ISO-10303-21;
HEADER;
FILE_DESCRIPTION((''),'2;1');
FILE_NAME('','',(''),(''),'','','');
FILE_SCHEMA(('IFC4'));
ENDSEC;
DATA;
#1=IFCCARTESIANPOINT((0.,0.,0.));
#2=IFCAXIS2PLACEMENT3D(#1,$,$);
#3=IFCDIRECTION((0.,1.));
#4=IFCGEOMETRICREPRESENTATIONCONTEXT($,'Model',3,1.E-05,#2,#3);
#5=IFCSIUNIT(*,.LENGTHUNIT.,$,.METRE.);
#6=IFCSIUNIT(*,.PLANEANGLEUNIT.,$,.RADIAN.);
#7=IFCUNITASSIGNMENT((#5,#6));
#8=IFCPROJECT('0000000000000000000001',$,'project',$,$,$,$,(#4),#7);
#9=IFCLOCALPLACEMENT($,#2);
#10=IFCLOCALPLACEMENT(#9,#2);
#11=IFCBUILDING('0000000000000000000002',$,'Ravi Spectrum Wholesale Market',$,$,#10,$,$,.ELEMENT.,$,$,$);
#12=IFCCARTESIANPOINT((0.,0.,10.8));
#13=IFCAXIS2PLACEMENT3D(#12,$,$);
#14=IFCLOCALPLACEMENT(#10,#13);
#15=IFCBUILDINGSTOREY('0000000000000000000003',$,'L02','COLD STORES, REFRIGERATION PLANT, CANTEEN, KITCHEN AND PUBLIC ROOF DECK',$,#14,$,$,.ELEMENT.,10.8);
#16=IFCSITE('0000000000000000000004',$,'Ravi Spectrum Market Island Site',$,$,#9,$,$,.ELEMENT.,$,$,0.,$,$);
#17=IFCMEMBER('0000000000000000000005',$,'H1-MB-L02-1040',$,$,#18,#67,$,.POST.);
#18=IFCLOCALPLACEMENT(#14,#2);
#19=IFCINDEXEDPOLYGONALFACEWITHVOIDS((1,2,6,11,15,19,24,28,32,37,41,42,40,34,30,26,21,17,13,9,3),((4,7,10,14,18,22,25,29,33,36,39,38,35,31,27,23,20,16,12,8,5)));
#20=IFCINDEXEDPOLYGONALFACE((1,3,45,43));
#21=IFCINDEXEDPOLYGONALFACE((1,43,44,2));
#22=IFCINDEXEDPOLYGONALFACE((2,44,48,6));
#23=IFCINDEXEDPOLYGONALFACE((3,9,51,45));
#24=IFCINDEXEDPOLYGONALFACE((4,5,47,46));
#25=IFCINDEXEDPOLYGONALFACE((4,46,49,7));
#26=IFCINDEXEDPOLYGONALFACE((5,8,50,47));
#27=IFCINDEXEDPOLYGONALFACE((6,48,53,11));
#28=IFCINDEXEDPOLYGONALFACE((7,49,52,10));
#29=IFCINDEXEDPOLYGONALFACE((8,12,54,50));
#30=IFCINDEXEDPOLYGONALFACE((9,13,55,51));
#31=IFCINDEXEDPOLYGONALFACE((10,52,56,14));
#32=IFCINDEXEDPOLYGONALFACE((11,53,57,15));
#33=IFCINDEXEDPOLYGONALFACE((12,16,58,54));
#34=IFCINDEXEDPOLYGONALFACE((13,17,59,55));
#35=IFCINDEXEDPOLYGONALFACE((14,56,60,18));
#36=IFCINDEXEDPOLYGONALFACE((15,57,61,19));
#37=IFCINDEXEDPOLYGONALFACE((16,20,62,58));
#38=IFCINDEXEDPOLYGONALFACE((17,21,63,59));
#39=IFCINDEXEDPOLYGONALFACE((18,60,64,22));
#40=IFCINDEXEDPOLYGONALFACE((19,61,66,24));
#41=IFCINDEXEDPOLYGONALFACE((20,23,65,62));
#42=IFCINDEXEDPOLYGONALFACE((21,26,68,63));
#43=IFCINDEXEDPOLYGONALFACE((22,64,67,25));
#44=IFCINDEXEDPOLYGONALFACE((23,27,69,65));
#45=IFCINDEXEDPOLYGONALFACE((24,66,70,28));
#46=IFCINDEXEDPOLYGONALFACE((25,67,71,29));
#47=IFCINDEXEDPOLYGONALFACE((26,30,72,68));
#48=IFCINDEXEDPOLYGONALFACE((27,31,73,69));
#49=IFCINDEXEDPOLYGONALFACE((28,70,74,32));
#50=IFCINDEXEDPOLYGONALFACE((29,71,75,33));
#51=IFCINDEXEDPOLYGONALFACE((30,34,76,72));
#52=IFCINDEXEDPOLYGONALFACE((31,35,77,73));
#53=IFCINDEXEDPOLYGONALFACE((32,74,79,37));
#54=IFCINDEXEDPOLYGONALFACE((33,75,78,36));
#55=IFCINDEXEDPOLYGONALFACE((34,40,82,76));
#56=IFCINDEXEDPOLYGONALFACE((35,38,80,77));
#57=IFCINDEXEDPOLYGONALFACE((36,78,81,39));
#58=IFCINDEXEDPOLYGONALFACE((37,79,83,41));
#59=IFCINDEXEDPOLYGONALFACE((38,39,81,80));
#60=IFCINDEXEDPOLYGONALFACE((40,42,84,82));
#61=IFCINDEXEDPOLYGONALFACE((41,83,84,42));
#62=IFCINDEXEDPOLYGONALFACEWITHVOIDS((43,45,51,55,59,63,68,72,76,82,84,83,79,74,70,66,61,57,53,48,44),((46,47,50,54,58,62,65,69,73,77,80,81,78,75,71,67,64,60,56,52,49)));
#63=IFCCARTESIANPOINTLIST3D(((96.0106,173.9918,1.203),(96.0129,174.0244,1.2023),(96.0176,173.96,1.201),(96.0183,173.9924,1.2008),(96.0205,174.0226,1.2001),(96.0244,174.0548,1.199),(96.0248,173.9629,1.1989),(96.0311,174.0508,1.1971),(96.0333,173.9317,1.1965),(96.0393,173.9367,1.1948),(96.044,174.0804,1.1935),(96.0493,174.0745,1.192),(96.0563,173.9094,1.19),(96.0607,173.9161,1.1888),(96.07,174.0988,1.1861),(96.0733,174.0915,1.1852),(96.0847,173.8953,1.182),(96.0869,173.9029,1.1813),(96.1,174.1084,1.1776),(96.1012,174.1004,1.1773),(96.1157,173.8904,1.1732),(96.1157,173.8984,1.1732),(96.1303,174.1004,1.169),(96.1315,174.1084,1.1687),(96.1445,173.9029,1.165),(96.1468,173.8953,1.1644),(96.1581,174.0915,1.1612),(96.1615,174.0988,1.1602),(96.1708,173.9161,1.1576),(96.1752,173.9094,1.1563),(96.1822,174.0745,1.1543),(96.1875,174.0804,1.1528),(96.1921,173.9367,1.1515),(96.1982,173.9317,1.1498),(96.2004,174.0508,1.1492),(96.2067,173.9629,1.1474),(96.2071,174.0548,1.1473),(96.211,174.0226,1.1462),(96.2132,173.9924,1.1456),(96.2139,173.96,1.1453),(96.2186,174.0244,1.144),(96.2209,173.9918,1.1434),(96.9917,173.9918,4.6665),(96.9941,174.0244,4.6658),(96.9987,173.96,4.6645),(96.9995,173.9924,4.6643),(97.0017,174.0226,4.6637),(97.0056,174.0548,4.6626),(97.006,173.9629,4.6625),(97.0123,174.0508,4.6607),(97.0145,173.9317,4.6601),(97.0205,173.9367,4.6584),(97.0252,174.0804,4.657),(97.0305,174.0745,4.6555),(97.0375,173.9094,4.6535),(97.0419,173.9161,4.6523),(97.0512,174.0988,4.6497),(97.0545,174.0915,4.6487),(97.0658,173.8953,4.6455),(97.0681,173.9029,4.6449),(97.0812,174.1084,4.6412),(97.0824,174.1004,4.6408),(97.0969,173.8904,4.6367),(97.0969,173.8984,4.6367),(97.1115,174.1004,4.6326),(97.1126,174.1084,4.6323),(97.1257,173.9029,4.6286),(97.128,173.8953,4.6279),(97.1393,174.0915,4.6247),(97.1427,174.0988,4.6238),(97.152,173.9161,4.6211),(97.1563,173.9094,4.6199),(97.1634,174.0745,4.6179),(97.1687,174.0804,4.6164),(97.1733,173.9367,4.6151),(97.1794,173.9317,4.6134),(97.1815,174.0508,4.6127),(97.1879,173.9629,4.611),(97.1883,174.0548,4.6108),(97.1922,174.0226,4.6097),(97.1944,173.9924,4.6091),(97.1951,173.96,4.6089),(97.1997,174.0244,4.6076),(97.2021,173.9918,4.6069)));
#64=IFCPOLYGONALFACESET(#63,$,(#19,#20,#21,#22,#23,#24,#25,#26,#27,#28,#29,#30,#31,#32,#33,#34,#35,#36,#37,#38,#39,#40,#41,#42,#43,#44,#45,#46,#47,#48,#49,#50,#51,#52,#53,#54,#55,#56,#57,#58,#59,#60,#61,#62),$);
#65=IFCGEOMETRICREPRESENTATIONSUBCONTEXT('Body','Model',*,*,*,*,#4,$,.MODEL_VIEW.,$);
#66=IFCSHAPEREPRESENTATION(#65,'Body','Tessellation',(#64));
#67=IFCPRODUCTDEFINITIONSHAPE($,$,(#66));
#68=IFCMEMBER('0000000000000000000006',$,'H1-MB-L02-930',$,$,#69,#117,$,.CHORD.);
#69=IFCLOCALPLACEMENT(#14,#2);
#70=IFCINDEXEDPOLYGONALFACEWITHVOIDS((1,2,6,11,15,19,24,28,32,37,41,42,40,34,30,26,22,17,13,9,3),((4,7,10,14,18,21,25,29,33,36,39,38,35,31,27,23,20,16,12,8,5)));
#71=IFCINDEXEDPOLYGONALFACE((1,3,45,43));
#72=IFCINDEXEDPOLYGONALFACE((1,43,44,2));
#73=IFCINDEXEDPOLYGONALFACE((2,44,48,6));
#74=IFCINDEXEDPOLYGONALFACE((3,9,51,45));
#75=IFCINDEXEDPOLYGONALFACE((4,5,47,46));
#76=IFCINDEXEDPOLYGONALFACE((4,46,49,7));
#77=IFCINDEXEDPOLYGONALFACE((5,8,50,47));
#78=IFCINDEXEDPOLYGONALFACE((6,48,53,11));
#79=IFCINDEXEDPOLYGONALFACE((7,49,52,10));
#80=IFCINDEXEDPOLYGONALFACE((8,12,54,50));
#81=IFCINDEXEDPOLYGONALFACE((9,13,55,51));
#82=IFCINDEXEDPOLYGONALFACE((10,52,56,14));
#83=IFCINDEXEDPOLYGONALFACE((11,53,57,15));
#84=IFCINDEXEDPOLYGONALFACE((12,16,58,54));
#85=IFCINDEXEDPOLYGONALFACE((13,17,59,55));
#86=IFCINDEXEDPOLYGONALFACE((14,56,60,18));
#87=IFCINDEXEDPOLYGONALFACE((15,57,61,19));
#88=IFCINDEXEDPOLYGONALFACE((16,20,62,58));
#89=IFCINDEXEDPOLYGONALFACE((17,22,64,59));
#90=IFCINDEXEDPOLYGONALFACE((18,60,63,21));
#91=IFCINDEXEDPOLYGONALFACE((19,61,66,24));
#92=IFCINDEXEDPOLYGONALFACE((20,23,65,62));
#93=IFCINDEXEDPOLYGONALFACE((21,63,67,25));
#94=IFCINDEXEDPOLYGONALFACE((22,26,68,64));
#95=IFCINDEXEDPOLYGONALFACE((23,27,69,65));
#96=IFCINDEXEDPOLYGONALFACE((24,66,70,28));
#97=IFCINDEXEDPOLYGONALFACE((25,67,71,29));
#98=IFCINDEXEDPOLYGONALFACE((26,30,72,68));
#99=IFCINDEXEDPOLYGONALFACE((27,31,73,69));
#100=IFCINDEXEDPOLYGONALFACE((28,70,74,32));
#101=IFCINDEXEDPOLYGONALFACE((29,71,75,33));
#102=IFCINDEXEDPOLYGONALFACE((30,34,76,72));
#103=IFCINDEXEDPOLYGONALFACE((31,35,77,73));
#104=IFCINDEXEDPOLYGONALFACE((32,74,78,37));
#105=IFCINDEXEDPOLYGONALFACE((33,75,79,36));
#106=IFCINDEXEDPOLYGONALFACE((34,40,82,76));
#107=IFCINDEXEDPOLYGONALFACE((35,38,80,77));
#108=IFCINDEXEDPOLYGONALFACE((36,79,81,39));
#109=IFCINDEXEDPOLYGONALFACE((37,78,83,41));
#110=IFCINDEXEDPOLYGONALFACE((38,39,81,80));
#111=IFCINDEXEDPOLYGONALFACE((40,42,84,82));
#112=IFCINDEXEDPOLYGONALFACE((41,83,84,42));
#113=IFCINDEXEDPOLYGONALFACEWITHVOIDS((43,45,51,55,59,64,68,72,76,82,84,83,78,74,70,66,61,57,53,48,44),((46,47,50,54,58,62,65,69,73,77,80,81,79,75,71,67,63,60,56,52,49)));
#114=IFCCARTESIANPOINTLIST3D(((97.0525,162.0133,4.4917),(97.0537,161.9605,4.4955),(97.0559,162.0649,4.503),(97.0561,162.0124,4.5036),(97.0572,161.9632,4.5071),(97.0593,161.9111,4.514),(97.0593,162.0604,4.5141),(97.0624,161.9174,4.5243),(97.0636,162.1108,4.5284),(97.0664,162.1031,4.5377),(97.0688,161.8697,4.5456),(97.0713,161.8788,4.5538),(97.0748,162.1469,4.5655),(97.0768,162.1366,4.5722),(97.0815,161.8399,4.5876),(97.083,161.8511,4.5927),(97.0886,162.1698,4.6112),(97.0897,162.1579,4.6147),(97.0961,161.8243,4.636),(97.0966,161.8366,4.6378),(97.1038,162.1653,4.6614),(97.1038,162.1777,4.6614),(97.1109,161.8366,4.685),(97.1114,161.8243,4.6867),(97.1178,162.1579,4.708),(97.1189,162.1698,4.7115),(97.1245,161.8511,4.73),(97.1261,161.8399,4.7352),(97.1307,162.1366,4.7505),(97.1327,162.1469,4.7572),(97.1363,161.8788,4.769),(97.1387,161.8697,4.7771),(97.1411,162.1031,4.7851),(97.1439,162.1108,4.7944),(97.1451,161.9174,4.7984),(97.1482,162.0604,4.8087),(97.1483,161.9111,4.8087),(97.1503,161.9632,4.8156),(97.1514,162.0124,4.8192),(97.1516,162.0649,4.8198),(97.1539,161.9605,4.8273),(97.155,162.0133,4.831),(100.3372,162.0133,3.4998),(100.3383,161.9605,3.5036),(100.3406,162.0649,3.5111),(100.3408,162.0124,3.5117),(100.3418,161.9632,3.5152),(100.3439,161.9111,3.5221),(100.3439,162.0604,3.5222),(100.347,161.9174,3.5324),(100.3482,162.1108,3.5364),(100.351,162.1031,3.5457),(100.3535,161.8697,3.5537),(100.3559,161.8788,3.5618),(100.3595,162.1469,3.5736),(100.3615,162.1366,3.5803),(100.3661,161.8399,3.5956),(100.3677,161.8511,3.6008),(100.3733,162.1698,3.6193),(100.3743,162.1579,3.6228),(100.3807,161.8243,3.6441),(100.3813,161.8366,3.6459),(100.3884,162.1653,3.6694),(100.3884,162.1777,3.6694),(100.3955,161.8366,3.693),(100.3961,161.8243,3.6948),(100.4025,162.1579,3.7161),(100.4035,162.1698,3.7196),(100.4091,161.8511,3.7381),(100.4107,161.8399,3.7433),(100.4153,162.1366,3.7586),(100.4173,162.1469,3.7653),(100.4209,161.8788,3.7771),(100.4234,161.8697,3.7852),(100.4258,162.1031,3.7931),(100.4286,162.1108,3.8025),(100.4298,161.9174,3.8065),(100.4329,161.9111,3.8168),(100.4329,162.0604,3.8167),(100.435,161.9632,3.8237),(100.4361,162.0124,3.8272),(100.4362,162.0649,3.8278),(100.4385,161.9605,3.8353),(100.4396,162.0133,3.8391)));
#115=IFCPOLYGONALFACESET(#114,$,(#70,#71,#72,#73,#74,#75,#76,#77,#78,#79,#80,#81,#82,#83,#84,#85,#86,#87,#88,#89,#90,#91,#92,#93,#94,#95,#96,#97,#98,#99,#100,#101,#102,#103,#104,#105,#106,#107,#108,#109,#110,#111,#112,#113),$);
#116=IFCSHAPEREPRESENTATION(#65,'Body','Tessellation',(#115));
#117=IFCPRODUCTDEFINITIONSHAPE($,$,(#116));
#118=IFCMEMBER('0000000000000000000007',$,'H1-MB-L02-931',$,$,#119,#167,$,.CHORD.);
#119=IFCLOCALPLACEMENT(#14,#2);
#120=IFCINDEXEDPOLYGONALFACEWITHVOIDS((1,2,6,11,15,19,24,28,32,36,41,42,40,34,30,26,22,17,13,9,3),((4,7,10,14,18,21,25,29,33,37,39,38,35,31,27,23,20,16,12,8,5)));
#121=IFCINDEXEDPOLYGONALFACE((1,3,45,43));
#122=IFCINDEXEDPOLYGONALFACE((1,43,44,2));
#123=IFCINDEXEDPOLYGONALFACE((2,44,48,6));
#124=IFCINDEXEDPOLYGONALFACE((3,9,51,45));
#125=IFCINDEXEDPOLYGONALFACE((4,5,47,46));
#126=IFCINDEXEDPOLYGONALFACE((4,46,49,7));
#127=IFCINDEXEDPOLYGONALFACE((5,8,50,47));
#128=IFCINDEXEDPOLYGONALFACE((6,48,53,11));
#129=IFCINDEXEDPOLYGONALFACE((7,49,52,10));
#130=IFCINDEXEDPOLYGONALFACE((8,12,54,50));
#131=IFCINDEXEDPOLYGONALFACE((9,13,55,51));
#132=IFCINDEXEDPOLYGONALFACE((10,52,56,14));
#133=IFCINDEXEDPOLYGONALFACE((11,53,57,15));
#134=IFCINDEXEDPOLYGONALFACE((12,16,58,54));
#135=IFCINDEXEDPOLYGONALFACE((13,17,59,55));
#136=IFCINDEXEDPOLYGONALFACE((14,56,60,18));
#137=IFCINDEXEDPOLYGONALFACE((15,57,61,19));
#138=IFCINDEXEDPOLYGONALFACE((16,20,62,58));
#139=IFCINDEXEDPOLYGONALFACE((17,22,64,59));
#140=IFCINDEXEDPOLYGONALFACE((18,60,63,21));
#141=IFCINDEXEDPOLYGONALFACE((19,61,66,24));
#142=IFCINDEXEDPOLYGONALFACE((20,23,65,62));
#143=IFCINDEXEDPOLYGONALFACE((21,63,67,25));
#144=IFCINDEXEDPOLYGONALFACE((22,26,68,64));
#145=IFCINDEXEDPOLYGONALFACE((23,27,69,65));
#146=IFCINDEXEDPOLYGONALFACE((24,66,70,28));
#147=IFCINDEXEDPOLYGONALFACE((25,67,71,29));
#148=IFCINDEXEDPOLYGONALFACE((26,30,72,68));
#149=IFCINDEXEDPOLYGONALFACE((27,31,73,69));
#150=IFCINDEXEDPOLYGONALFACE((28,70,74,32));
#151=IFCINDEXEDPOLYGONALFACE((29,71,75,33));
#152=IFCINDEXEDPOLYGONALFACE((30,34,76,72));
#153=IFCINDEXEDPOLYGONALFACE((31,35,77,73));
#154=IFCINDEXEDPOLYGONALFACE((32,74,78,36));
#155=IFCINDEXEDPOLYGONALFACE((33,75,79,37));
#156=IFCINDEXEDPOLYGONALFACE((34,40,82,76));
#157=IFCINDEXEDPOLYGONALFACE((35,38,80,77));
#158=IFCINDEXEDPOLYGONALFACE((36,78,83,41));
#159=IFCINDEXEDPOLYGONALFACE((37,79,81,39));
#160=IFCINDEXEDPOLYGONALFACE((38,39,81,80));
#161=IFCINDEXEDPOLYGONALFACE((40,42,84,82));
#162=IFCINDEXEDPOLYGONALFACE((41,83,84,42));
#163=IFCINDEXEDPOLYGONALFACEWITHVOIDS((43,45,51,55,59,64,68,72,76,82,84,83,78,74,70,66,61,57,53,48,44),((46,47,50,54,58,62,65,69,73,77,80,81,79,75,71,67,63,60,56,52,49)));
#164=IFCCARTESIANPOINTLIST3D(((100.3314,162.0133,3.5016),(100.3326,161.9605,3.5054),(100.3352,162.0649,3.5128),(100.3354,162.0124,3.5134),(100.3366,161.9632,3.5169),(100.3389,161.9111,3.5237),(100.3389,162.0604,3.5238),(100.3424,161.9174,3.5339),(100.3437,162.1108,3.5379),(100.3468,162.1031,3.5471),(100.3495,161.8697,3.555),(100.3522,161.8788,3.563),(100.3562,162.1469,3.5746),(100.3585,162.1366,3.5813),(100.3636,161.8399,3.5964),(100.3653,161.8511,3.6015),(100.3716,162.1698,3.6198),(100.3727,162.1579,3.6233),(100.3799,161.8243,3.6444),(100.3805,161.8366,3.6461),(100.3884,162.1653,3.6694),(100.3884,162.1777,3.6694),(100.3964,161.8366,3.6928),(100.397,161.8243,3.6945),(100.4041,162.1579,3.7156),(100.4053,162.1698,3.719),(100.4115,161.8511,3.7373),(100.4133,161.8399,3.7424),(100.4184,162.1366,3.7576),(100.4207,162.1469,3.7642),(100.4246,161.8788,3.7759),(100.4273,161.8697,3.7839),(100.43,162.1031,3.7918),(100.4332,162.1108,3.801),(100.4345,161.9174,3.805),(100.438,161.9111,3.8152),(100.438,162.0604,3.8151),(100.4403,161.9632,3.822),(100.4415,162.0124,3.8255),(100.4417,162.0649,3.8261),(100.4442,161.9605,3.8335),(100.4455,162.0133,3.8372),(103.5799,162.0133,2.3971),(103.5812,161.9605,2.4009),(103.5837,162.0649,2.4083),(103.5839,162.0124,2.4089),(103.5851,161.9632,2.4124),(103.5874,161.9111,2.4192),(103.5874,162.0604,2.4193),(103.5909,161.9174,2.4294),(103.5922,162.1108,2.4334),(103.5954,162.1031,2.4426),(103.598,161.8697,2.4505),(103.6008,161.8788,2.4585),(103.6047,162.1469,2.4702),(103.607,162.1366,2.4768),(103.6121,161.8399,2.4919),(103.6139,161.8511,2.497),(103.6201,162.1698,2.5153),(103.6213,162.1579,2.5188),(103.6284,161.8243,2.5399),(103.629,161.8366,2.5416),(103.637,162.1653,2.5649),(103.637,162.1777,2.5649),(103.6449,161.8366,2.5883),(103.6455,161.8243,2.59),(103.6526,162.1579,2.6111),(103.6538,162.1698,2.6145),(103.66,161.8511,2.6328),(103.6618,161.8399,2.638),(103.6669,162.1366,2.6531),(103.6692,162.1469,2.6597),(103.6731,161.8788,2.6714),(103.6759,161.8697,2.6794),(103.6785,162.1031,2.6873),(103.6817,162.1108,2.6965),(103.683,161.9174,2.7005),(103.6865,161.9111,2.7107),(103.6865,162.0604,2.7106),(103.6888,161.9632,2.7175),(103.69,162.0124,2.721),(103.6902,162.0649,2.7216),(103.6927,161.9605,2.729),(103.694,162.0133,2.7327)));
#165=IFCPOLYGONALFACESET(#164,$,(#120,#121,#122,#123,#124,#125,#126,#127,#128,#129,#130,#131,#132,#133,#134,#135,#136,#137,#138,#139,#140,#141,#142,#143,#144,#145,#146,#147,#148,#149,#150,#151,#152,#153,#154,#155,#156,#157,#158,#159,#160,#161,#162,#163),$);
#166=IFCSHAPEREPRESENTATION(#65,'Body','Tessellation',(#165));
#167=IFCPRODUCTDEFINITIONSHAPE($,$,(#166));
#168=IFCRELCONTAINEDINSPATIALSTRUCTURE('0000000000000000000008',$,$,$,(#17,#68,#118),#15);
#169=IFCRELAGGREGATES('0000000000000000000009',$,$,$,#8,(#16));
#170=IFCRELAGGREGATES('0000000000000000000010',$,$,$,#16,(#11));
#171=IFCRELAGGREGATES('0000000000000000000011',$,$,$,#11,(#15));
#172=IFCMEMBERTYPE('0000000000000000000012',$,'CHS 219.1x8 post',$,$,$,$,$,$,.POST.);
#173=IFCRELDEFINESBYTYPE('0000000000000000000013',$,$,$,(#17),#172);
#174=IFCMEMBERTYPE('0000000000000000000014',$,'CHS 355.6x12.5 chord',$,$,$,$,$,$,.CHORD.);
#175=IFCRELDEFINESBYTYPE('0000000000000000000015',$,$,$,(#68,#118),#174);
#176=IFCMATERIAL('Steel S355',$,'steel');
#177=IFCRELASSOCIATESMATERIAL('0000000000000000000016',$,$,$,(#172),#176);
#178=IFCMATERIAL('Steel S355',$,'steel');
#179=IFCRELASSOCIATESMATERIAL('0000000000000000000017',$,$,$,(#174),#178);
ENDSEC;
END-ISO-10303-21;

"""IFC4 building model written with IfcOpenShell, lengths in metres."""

from ifc_helpers import new_model, si_unit, direction, frame, origin, origin_2d, place, context, subcontext, project, spatial, hollow_circle, extrude, material, material_profile, profile_set, type_object, element, save


model = new_model("IFC4")

# Units and contexts
model_context = context("Model", 3, precision=1e-05, world=origin(), true_north=direction((0.0, 1.0)))
body_context = subcontext(model_context, "Body", "Model", "MODEL_VIEW")
ifc_project = project(units=[si_unit("LENGTHUNIT", "METRE"), si_unit("PLANEANGLEUNIT", "RADIAN")], contexts=[model_context])

# Site, building, storey
site_placement = place(None, origin())
site = spatial("IfcSite", under=ifc_project, at=site_placement, Name="Ravi Spectrum Market Island Site", CompositionType="ELEMENT", RefElevation=0.0)
building_placement = place(site_placement, origin())
building = spatial("IfcBuilding", under=site, at=building_placement, Name="Ravi Spectrum Wholesale Market", CompositionType="ELEMENT")
storey_placement = place(building_placement, frame((0.0, 0.0, 10.8)))
storey = spatial("IfcBuildingStorey", under=building, at=storey_placement, Name="L02", Description="COLD STORES, REFRIGERATION PLANT, CANTEEN, KITCHEN AND PUBLIC ROOF DECK", CompositionType="ELEMENT", Elevation=10.8)

# Members
ifc_material_1 = material(Name="Steel S355", Category="steel")
ifc_material_profile_1 = material_profile(ifc_material_1, hollow_circle(Radius=0.1096, WallThickness=0.0081, at=origin_2d()))
ifc_profile_set_1 = profile_set([ifc_material_profile_1], Name="Steel S355")
member_type_1 = type_object("IfcMemberType", Name="CHS 219.1x8 post", PredefinedType="POST", material=ifc_profile_set_1)
for number, where, z_axis, x_axis, name in (
    (1, (97.0969, 174.0, 4.6367), (-0.272562, 0.0, -0.962138), (0.0, -1.0, 0.0), "H1-MB-L02-1040"),
):
    element("IfcMember", number, at=place(storey_placement, frame(where, z_axis=z_axis, x_axis=x_axis)), inside=storey, type_object=member_type_1, Name=name, PredefinedType="POST", context=body_context, shape_type="SweptSolid", body=[
        extrude(hollow_circle(Radius=0.1096, WallThickness=0.0081, at=origin_2d()), origin(), (0.0, 0.0, 1.0), 3.5999),
    ])
ifc_material_2 = material(Name="Steel S355", Category="steel")
ifc_material_profile_2 = material_profile(ifc_material_2, hollow_circle(Radius=0.1777, WallThickness=0.0125, at=origin_2d()))
ifc_profile_set_2 = profile_set([ifc_material_profile_2], Name="Steel S355")
member_type_2 = type_object("IfcMemberType", Name="CHS 355.6x12.5 chord", PredefinedType="CHORD", material=ifc_profile_set_2)
for number, where, z_axis, x_axis, name in (
    (2, (97.1038, 162.0, 4.6614), (0.9573, 0.0, -0.289097), (0.0, 1.0, 0.0), "H1-MB-L02-930"),
    (3, (100.3884, 162.0, 3.6694), (0.946774, 0.0, -0.3219), (0.0, 1.0, 0.0), "H1-MB-L02-931"),
):
    element("IfcMember", number, at=place(storey_placement, frame(where, z_axis=z_axis, x_axis=x_axis)), inside=storey, type_object=member_type_2, Name=name, PredefinedType="CHORD", context=body_context, shape_type="SweptSolid", body=[
        extrude(hollow_circle(Radius=0.1777, WallThickness=0.0125, at=origin_2d()), origin(), (0.0, 0.0, 1.0), 3.4312),
    ])

save(model, "model.ifc")
